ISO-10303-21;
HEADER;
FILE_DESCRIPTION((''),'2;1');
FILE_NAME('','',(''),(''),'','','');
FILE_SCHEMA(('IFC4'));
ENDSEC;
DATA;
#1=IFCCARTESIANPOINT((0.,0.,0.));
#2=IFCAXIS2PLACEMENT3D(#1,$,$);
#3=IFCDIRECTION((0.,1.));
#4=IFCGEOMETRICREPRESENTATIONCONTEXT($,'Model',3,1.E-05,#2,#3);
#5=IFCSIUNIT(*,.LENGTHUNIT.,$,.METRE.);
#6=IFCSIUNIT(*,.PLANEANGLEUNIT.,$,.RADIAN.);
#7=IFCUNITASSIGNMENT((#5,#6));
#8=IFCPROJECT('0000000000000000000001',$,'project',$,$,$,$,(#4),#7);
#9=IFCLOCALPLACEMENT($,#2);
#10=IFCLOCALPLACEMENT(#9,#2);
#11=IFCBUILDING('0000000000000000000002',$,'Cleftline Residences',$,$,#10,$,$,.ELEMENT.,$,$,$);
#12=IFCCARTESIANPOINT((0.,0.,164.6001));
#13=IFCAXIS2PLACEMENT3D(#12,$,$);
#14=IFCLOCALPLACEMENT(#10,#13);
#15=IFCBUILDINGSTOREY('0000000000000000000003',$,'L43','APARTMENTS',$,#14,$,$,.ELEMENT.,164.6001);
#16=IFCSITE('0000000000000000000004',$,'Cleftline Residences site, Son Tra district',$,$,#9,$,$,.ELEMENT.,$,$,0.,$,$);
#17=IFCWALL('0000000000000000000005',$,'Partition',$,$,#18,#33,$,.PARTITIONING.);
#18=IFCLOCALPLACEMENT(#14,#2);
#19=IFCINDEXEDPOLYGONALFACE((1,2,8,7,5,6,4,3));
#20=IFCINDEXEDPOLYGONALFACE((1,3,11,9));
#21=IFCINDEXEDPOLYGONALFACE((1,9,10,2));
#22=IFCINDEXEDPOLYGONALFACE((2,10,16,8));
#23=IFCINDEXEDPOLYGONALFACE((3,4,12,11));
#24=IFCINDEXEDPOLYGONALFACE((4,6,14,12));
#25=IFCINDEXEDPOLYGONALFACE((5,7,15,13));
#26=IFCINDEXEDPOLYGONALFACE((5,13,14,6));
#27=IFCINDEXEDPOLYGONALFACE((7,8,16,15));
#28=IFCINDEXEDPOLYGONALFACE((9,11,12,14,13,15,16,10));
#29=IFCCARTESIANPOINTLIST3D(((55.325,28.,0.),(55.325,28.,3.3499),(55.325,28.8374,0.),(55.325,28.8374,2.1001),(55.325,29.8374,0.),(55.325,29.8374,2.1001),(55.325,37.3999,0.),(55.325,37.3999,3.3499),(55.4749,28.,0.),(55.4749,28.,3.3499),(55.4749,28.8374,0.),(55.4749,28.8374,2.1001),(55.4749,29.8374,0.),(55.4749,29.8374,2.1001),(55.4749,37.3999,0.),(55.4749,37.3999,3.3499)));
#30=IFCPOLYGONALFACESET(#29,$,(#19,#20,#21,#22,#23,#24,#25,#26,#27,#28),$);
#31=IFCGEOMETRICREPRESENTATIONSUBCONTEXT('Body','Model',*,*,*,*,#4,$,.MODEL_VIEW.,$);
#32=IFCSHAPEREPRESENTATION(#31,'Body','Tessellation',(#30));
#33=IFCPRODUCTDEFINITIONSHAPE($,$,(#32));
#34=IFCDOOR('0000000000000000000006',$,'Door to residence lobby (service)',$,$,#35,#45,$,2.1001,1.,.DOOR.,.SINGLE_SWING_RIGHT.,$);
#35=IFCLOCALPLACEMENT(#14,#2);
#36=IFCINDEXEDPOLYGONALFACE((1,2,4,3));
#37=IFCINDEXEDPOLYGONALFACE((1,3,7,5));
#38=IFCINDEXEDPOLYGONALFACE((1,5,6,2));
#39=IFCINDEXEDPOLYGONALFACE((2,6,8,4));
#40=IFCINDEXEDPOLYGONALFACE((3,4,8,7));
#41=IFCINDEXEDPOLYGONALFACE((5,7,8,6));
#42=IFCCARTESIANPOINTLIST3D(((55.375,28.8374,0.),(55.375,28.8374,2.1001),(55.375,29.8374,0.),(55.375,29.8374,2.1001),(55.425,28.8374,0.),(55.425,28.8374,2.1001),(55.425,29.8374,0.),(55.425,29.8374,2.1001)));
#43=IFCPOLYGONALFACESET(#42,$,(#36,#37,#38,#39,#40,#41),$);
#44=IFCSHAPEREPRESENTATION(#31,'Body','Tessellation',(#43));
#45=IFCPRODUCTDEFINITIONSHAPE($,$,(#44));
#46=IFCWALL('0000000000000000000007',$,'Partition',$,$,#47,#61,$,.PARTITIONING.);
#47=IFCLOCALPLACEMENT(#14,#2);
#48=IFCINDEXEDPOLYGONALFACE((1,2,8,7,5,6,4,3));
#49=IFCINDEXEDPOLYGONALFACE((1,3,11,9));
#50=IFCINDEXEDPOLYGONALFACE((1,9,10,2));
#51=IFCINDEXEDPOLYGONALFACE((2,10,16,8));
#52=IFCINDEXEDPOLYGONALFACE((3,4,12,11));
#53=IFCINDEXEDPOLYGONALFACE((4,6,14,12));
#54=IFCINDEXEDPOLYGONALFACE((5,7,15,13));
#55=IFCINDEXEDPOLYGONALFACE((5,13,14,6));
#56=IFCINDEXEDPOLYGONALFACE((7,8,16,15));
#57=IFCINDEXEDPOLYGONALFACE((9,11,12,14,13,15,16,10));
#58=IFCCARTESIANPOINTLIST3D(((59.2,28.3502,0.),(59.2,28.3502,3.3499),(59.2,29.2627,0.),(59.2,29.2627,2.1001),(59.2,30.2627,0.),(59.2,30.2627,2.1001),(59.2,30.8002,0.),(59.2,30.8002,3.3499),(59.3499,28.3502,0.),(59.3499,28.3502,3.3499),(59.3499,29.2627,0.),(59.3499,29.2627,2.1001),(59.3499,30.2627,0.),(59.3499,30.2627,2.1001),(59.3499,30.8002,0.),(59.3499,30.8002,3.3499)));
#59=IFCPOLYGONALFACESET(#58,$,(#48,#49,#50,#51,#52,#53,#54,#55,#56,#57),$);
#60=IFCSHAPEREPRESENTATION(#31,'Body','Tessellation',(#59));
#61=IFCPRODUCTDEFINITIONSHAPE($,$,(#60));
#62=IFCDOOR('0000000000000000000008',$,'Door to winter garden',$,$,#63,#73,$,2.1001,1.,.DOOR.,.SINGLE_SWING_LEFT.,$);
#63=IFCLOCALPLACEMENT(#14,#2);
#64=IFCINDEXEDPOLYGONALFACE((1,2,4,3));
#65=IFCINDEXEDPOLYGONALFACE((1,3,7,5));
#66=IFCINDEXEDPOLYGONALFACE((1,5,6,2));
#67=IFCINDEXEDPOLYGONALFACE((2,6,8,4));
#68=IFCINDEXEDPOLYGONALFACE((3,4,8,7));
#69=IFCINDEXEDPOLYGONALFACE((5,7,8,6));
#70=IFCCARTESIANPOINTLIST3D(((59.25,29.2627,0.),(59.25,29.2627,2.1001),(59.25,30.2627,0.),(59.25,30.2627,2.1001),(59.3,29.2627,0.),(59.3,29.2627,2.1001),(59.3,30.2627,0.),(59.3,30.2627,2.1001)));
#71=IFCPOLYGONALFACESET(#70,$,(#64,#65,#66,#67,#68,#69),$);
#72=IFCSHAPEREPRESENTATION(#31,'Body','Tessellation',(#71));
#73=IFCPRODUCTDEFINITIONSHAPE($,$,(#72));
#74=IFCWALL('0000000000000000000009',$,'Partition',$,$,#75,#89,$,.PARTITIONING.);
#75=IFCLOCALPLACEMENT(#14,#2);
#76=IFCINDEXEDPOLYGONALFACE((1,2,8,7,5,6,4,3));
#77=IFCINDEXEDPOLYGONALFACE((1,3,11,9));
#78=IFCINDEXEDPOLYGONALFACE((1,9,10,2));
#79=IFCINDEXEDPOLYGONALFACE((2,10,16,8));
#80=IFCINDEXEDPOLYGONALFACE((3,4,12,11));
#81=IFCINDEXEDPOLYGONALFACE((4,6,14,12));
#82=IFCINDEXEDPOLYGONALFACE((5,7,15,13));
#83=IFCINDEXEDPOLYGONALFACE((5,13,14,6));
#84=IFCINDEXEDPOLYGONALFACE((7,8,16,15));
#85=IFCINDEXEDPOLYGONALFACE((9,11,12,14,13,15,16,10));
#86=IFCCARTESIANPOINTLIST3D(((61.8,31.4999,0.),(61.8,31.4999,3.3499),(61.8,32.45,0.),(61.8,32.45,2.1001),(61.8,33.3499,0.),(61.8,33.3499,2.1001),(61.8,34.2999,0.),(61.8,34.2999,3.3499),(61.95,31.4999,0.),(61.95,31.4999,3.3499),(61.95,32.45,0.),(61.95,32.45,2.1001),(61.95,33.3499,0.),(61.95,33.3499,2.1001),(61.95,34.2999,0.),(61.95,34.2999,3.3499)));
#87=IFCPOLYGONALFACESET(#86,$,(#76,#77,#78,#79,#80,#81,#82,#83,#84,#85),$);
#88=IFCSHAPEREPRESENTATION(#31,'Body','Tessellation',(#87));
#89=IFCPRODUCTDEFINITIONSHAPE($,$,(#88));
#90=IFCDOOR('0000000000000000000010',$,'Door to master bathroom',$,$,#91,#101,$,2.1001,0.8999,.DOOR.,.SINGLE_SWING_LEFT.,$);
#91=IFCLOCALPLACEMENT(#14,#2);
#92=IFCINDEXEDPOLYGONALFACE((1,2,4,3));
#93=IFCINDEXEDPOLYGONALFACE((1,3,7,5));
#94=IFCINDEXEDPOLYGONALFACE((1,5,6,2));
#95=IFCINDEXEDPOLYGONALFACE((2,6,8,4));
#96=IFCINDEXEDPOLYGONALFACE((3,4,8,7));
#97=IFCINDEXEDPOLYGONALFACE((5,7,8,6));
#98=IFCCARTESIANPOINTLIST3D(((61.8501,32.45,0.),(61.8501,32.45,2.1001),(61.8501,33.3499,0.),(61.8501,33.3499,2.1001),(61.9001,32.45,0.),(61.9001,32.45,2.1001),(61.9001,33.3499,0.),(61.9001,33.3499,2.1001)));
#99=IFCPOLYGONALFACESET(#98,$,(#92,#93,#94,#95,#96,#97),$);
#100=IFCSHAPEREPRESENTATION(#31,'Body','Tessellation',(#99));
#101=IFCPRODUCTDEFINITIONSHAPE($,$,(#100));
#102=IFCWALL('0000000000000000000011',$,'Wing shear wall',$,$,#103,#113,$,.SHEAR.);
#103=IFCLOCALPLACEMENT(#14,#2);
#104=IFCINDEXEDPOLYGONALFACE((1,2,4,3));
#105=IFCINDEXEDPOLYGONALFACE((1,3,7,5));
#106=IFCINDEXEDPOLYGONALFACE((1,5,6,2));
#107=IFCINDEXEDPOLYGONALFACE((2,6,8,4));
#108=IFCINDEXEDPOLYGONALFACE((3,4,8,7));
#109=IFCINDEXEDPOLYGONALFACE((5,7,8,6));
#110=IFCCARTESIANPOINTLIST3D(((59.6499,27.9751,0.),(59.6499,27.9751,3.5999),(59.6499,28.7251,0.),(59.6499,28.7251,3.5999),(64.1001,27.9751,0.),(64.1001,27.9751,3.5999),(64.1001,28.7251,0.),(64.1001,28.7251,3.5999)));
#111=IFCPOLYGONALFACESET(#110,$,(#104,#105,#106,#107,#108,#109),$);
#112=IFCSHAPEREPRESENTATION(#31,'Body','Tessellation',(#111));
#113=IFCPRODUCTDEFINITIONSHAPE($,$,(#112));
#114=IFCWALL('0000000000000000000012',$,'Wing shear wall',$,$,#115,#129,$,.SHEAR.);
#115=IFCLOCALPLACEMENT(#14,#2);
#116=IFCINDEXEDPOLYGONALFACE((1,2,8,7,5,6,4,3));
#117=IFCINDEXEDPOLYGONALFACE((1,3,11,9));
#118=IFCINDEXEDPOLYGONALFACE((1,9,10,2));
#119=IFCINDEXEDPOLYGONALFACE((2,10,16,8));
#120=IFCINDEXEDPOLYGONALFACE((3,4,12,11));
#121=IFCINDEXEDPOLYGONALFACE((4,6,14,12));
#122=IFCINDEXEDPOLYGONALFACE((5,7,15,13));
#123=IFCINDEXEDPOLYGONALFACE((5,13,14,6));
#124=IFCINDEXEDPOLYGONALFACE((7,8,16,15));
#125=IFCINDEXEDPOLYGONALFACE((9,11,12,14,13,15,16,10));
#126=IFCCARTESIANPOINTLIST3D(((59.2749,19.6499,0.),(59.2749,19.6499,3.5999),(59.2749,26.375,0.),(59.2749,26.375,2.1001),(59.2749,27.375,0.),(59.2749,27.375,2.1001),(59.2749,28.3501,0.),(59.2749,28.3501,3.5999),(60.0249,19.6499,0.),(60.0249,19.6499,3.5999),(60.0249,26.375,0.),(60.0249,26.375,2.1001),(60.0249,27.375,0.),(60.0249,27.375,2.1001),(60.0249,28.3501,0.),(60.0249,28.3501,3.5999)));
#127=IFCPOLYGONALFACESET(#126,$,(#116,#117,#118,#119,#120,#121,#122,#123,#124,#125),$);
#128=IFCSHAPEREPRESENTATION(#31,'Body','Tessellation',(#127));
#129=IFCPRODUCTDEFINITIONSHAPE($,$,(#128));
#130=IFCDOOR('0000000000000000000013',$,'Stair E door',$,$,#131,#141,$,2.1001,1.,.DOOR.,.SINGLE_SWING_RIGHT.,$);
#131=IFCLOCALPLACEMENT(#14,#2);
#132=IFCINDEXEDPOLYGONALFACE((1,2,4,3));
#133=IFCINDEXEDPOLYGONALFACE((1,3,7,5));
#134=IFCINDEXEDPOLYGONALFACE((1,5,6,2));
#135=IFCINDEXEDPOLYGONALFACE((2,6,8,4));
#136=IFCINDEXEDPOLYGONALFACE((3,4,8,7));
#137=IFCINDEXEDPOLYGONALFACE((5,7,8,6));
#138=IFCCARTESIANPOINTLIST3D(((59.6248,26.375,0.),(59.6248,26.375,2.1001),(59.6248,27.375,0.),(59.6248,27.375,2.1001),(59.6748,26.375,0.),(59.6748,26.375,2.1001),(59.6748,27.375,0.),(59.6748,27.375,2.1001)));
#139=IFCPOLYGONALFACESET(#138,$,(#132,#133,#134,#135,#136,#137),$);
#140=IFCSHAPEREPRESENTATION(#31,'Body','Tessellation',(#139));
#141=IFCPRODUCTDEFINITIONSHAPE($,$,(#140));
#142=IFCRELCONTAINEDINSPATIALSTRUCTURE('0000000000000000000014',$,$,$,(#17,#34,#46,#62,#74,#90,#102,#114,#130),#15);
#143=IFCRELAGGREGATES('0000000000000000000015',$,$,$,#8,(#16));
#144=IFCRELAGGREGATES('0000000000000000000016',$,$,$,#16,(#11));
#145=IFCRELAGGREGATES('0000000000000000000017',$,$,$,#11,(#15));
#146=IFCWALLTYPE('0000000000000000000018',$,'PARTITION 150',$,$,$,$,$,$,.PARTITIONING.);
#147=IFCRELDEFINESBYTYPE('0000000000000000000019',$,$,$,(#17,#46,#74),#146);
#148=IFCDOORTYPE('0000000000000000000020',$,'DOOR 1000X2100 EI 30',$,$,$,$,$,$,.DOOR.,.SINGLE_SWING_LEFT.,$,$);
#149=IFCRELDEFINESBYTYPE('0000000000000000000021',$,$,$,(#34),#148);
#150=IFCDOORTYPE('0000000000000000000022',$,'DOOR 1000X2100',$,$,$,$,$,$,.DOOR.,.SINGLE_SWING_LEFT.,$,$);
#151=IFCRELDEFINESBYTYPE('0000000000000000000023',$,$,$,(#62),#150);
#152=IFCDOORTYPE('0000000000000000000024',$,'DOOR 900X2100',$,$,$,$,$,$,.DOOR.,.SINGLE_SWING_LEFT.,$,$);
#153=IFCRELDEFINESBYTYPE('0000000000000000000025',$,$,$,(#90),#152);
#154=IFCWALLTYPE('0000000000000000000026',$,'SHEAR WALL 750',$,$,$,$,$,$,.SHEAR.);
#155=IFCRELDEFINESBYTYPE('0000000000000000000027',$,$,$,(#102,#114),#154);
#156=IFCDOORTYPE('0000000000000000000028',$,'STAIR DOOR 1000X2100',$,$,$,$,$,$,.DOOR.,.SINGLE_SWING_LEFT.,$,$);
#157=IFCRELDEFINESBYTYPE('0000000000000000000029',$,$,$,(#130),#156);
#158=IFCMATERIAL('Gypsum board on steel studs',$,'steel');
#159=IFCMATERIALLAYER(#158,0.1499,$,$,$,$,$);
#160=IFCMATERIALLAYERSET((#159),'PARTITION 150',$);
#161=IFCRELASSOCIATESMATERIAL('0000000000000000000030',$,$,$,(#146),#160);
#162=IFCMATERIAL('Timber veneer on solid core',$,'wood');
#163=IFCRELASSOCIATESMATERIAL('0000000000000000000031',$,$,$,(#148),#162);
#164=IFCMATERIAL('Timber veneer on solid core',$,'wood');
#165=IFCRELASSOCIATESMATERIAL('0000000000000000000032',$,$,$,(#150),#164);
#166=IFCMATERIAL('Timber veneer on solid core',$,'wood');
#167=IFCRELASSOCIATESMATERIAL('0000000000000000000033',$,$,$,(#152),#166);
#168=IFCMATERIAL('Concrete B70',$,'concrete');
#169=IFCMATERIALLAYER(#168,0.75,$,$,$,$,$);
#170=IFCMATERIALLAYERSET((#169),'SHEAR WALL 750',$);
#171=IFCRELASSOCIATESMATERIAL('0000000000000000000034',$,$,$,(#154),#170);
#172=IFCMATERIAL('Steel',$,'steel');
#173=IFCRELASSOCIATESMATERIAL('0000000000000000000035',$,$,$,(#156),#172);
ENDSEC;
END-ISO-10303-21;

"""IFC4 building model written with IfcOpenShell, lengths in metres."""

from ifc_helpers import new_model, si_unit, direction, frame, frame_2d, origin, place, context, subcontext, project, spatial, rectangle, extrude, material, layer, layer_set, type_object, element, fill, save


model = new_model("IFC4")

# Units and contexts
model_context = context("Model", 3, precision=1e-05, world=origin(), true_north=direction((0.0, 1.0)))
body_context = subcontext(model_context, "Body", "Model", "MODEL_VIEW")
ifc_project = project(units=[si_unit("LENGTHUNIT", "METRE"), si_unit("PLANEANGLEUNIT", "RADIAN")], contexts=[model_context])

# Site, building, storey
site_placement = place(None, origin())
site = spatial("IfcSite", under=ifc_project, at=site_placement, Name="Cleftline Residences site, Son Tra district", CompositionType="ELEMENT", RefElevation=0.0)
building_placement = place(site_placement, origin())
building = spatial("IfcBuilding", under=site, at=building_placement, Name="Cleftline Residences", CompositionType="ELEMENT")
storey_placement = place(building_placement, frame((0.0, 0.0, 164.6001)))
storey = spatial("IfcBuildingStorey", under=building, at=storey_placement, Name="L43", Description="APARTMENTS", CompositionType="ELEMENT", Elevation=164.6001)

# Shared definitions
ifc_material_1 = material(Name="Gypsum board on steel studs", Category="steel")
ifc_layer_1 = layer(ifc_material_1, 0.1499)
ifc_layer_set_1 = layer_set([ifc_layer_1], Name="PARTITION 150")
wall_type_1 = type_object("IfcWallType", Name="PARTITION 150", PredefinedType="PARTITIONING", material=ifc_layer_set_1)

# Walls, openings, doors
wall_1_placement = place(storey_placement, frame((55.3999, 28.0, 0.0), z_axis=(0.0, 0.0, 1.0), x_axis=(0.0, 1.0, 0.0)))
wall_1 = element("IfcWall", 1, at=wall_1_placement, inside=storey, type_object=wall_type_1, Name="Partition", PredefinedType="PARTITIONING", context=body_context, shape_type="SweptSolid", body=[
    extrude(rectangle(XDim=9.3999, YDim=0.1499, at=frame_2d((4.7, 0.0))), origin(), (0.0, 0.0, 1.0), 3.3499),
])
opening_1_placement = place(wall_1_placement, frame((0.8374, 0.0, 0.0)))
opening_1 = element("IfcOpeningElement", 2, at=opening_1_placement, cuts=wall_1, PredefinedType="OPENING", context=body_context, shape_type="SweptSolid", body=[
    extrude(rectangle(XDim=1.0, YDim=2.1001, at=frame_2d((0.5, 1.05))), frame((0.0, 0.085, 0.0), z_axis=(0.0, -1.0, 0.0), x_axis=(1.0, 0.0, 0.0)), (0.0, 0.0, 1.0), 0.1699),
])
ifc_material_2 = material(Name="Timber veneer on solid core", Category="wood")
door_type_1 = type_object("IfcDoorType", Name="DOOR 1000X2100 EI 30", OperationType="SINGLE_SWING_LEFT", PredefinedType="DOOR", material=ifc_material_2)
door_1_placement = place(opening_1_placement, origin())
door_1 = element("IfcDoor", 3, at=door_1_placement, inside=storey, type_object=door_type_1, Name="Door to residence lobby (service)", OperationType="SINGLE_SWING_RIGHT", OverallHeight=2.1001, OverallWidth=1.0, PredefinedType="DOOR", context=body_context, shape_type="SweptSolid", body=[
    extrude(rectangle(XDim=1.0, YDim=2.1001, at=frame_2d((0.5, 1.05))), frame((0.0, 0.0249, 0.0), z_axis=(0.0, -1.0, 0.0), x_axis=(1.0, 0.0, 0.0)), (0.0, 0.0, 1.0), 0.05),
])
fill(opening_1, door_1)
wall_2_placement = place(storey_placement, frame((59.2749, 28.3501, 0.0), z_axis=(0.0, 0.0, 1.0), x_axis=(0.0, 1.0, 0.0)))
wall_2 = element("IfcWall", 4, at=wall_2_placement, inside=storey, type_object=wall_type_1, Name="Partition", PredefinedType="PARTITIONING", context=body_context, shape_type="SweptSolid", body=[
    extrude(rectangle(XDim=2.45, YDim=0.1499, at=frame_2d((1.2251, 0.0))), origin(), (0.0, 0.0, 1.0), 3.3499),
])
opening_2_placement = place(wall_2_placement, frame((0.9126, 0.0, 0.0)))
opening_2 = element("IfcOpeningElement", 5, at=opening_2_placement, cuts=wall_2, PredefinedType="OPENING", context=body_context, shape_type="SweptSolid", body=[
    extrude(rectangle(XDim=1.0, YDim=2.1001, at=frame_2d((0.5, 1.05))), frame((0.0, 0.085, 0.0), z_axis=(0.0, -1.0, 0.0), x_axis=(1.0, 0.0, 0.0)), (0.0, 0.0, 1.0), 0.1699),
])
ifc_material_3 = material(Name="Timber veneer on solid core", Category="wood")
door_type_2 = type_object("IfcDoorType", Name="DOOR 1000X2100", OperationType="SINGLE_SWING_LEFT", PredefinedType="DOOR", material=ifc_material_3)
door_2_placement = place(opening_2_placement, origin())
door_2 = element("IfcDoor", 6, at=door_2_placement, inside=storey, type_object=door_type_2, Name="Door to winter garden", OperationType="SINGLE_SWING_LEFT", OverallHeight=2.1001, OverallWidth=1.0, PredefinedType="DOOR", context=body_context, shape_type="SweptSolid", body=[
    extrude(rectangle(XDim=1.0, YDim=2.1001, at=frame_2d((0.5, 1.05))), frame((0.0, 0.0249, 0.0), z_axis=(0.0, -1.0, 0.0), x_axis=(1.0, 0.0, 0.0)), (0.0, 0.0, 1.0), 0.05),
])
fill(opening_2, door_2)
wall_3_placement = place(storey_placement, frame((61.875, 31.5, 0.0), z_axis=(0.0, 0.0, 1.0), x_axis=(0.0, 1.0, 0.0)))
wall_3 = element("IfcWall", 7, at=wall_3_placement, inside=storey, type_object=wall_type_1, Name="Partition", PredefinedType="PARTITIONING", context=body_context, shape_type="SweptSolid", body=[
    extrude(rectangle(XDim=2.8, YDim=0.1499, at=frame_2d((1.3999, 0.0))), origin(), (0.0, 0.0, 1.0), 3.3499),
])
opening_3_placement = place(wall_3_placement, frame((0.95, 0.0, 0.0)))
opening_3 = element("IfcOpeningElement", 8, at=opening_3_placement, cuts=wall_3, PredefinedType="OPENING", context=body_context, shape_type="SweptSolid", body=[
    extrude(rectangle(XDim=0.8999, YDim=2.1001, at=frame_2d((0.45, 1.05))), frame((0.0, 0.085, 0.0), z_axis=(0.0, -1.0, 0.0), x_axis=(1.0, 0.0, 0.0)), (0.0, 0.0, 1.0), 0.1699),
])
ifc_material_4 = material(Name="Timber veneer on solid core", Category="wood")
door_type_3 = type_object("IfcDoorType", Name="DOOR 900X2100", OperationType="SINGLE_SWING_LEFT", PredefinedType="DOOR", material=ifc_material_4)
door_3_placement = place(opening_3_placement, origin())
door_3 = element("IfcDoor", 9, at=door_3_placement, inside=storey, type_object=door_type_3, Name="Door to master bathroom", OperationType="SINGLE_SWING_LEFT", OverallHeight=2.1001, OverallWidth=0.8999, PredefinedType="DOOR", context=body_context, shape_type="SweptSolid", body=[
    extrude(rectangle(XDim=0.8999, YDim=2.1001, at=frame_2d((0.45, 1.05))), frame((0.0, 0.0249, 0.0), z_axis=(0.0, -1.0, 0.0), x_axis=(1.0, 0.0, 0.0)), (0.0, 0.0, 1.0), 0.05),
])
fill(opening_3, door_3)

# Wall
ifc_material_5 = material(Name="Concrete B70", Category="concrete")
ifc_layer_2 = layer(ifc_material_5, 0.75)
ifc_layer_set_2 = layer_set([ifc_layer_2], Name="SHEAR WALL 750")
wall_type_2 = type_object("IfcWallType", Name="SHEAR WALL 750", PredefinedType="SHEAR", material=ifc_layer_set_2)
wall_4_placement = place(storey_placement, frame((64.1001, 28.3501, 0.0), z_axis=(0.0, 0.0, 1.0), x_axis=(-1.0, 0.0, 0.0)))
element("IfcWall", 10, at=wall_4_placement, inside=storey, type_object=wall_type_2, Name="Wing shear wall", PredefinedType="SHEAR", context=body_context, shape_type="SweptSolid", body=[
    extrude(rectangle(XDim=4.4502, YDim=0.75, at=frame_2d((2.2251, 0.0))), origin(), (0.0, 0.0, 1.0), 3.5999),
])

# Wall, opening, door
wall_5_placement = place(storey_placement, frame((59.6499, 28.3501, 0.0), z_axis=(0.0, 0.0, 1.0), x_axis=(0.0, -1.0, 0.0)))
wall_5 = element("IfcWall", 11, at=wall_5_placement, inside=storey, type_object=wall_type_2, Name="Wing shear wall", PredefinedType="SHEAR", context=body_context, shape_type="SweptSolid", body=[
    extrude(rectangle(XDim=8.7002, YDim=0.75, at=frame_2d((4.3501, 0.0))), origin(), (0.0, 0.0, 1.0), 3.5999),
])
opening_4_placement = place(wall_5_placement, frame((0.9751, 0.0, 0.0)))
opening_4 = element("IfcOpeningElement", 12, at=opening_4_placement, cuts=wall_5, PredefinedType="OPENING", context=body_context, shape_type="SweptSolid", body=[
    extrude(rectangle(XDim=1.0, YDim=2.1001, at=frame_2d((0.5, 1.05))), frame((0.0, 0.385, 0.0), z_axis=(0.0, -1.0, 0.0), x_axis=(1.0, 0.0, 0.0)), (0.0, 0.0, 1.0), 0.77),
])
ifc_material_6 = material(Name="Steel", Category="steel")
door_type_4 = type_object("IfcDoorType", Name="STAIR DOOR 1000X2100", OperationType="SINGLE_SWING_LEFT", PredefinedType="DOOR", material=ifc_material_6)
door_4_placement = place(opening_4_placement, origin())
door_4 = element("IfcDoor", 13, at=door_4_placement, inside=storey, type_object=door_type_4, Name="Stair E door", OperationType="SINGLE_SWING_RIGHT", OverallHeight=2.1001, OverallWidth=1.0, PredefinedType="DOOR", context=body_context, shape_type="SweptSolid", body=[
    extrude(rectangle(XDim=1.0, YDim=2.1001, at=frame_2d((0.5, 1.05))), frame((0.0, 0.0249, 0.0), z_axis=(0.0, -1.0, 0.0), x_axis=(1.0, 0.0, 0.0)), (0.0, 0.0, 1.0), 0.05),
])
fill(opening_4, door_4)

save(model, "model.ifc")
